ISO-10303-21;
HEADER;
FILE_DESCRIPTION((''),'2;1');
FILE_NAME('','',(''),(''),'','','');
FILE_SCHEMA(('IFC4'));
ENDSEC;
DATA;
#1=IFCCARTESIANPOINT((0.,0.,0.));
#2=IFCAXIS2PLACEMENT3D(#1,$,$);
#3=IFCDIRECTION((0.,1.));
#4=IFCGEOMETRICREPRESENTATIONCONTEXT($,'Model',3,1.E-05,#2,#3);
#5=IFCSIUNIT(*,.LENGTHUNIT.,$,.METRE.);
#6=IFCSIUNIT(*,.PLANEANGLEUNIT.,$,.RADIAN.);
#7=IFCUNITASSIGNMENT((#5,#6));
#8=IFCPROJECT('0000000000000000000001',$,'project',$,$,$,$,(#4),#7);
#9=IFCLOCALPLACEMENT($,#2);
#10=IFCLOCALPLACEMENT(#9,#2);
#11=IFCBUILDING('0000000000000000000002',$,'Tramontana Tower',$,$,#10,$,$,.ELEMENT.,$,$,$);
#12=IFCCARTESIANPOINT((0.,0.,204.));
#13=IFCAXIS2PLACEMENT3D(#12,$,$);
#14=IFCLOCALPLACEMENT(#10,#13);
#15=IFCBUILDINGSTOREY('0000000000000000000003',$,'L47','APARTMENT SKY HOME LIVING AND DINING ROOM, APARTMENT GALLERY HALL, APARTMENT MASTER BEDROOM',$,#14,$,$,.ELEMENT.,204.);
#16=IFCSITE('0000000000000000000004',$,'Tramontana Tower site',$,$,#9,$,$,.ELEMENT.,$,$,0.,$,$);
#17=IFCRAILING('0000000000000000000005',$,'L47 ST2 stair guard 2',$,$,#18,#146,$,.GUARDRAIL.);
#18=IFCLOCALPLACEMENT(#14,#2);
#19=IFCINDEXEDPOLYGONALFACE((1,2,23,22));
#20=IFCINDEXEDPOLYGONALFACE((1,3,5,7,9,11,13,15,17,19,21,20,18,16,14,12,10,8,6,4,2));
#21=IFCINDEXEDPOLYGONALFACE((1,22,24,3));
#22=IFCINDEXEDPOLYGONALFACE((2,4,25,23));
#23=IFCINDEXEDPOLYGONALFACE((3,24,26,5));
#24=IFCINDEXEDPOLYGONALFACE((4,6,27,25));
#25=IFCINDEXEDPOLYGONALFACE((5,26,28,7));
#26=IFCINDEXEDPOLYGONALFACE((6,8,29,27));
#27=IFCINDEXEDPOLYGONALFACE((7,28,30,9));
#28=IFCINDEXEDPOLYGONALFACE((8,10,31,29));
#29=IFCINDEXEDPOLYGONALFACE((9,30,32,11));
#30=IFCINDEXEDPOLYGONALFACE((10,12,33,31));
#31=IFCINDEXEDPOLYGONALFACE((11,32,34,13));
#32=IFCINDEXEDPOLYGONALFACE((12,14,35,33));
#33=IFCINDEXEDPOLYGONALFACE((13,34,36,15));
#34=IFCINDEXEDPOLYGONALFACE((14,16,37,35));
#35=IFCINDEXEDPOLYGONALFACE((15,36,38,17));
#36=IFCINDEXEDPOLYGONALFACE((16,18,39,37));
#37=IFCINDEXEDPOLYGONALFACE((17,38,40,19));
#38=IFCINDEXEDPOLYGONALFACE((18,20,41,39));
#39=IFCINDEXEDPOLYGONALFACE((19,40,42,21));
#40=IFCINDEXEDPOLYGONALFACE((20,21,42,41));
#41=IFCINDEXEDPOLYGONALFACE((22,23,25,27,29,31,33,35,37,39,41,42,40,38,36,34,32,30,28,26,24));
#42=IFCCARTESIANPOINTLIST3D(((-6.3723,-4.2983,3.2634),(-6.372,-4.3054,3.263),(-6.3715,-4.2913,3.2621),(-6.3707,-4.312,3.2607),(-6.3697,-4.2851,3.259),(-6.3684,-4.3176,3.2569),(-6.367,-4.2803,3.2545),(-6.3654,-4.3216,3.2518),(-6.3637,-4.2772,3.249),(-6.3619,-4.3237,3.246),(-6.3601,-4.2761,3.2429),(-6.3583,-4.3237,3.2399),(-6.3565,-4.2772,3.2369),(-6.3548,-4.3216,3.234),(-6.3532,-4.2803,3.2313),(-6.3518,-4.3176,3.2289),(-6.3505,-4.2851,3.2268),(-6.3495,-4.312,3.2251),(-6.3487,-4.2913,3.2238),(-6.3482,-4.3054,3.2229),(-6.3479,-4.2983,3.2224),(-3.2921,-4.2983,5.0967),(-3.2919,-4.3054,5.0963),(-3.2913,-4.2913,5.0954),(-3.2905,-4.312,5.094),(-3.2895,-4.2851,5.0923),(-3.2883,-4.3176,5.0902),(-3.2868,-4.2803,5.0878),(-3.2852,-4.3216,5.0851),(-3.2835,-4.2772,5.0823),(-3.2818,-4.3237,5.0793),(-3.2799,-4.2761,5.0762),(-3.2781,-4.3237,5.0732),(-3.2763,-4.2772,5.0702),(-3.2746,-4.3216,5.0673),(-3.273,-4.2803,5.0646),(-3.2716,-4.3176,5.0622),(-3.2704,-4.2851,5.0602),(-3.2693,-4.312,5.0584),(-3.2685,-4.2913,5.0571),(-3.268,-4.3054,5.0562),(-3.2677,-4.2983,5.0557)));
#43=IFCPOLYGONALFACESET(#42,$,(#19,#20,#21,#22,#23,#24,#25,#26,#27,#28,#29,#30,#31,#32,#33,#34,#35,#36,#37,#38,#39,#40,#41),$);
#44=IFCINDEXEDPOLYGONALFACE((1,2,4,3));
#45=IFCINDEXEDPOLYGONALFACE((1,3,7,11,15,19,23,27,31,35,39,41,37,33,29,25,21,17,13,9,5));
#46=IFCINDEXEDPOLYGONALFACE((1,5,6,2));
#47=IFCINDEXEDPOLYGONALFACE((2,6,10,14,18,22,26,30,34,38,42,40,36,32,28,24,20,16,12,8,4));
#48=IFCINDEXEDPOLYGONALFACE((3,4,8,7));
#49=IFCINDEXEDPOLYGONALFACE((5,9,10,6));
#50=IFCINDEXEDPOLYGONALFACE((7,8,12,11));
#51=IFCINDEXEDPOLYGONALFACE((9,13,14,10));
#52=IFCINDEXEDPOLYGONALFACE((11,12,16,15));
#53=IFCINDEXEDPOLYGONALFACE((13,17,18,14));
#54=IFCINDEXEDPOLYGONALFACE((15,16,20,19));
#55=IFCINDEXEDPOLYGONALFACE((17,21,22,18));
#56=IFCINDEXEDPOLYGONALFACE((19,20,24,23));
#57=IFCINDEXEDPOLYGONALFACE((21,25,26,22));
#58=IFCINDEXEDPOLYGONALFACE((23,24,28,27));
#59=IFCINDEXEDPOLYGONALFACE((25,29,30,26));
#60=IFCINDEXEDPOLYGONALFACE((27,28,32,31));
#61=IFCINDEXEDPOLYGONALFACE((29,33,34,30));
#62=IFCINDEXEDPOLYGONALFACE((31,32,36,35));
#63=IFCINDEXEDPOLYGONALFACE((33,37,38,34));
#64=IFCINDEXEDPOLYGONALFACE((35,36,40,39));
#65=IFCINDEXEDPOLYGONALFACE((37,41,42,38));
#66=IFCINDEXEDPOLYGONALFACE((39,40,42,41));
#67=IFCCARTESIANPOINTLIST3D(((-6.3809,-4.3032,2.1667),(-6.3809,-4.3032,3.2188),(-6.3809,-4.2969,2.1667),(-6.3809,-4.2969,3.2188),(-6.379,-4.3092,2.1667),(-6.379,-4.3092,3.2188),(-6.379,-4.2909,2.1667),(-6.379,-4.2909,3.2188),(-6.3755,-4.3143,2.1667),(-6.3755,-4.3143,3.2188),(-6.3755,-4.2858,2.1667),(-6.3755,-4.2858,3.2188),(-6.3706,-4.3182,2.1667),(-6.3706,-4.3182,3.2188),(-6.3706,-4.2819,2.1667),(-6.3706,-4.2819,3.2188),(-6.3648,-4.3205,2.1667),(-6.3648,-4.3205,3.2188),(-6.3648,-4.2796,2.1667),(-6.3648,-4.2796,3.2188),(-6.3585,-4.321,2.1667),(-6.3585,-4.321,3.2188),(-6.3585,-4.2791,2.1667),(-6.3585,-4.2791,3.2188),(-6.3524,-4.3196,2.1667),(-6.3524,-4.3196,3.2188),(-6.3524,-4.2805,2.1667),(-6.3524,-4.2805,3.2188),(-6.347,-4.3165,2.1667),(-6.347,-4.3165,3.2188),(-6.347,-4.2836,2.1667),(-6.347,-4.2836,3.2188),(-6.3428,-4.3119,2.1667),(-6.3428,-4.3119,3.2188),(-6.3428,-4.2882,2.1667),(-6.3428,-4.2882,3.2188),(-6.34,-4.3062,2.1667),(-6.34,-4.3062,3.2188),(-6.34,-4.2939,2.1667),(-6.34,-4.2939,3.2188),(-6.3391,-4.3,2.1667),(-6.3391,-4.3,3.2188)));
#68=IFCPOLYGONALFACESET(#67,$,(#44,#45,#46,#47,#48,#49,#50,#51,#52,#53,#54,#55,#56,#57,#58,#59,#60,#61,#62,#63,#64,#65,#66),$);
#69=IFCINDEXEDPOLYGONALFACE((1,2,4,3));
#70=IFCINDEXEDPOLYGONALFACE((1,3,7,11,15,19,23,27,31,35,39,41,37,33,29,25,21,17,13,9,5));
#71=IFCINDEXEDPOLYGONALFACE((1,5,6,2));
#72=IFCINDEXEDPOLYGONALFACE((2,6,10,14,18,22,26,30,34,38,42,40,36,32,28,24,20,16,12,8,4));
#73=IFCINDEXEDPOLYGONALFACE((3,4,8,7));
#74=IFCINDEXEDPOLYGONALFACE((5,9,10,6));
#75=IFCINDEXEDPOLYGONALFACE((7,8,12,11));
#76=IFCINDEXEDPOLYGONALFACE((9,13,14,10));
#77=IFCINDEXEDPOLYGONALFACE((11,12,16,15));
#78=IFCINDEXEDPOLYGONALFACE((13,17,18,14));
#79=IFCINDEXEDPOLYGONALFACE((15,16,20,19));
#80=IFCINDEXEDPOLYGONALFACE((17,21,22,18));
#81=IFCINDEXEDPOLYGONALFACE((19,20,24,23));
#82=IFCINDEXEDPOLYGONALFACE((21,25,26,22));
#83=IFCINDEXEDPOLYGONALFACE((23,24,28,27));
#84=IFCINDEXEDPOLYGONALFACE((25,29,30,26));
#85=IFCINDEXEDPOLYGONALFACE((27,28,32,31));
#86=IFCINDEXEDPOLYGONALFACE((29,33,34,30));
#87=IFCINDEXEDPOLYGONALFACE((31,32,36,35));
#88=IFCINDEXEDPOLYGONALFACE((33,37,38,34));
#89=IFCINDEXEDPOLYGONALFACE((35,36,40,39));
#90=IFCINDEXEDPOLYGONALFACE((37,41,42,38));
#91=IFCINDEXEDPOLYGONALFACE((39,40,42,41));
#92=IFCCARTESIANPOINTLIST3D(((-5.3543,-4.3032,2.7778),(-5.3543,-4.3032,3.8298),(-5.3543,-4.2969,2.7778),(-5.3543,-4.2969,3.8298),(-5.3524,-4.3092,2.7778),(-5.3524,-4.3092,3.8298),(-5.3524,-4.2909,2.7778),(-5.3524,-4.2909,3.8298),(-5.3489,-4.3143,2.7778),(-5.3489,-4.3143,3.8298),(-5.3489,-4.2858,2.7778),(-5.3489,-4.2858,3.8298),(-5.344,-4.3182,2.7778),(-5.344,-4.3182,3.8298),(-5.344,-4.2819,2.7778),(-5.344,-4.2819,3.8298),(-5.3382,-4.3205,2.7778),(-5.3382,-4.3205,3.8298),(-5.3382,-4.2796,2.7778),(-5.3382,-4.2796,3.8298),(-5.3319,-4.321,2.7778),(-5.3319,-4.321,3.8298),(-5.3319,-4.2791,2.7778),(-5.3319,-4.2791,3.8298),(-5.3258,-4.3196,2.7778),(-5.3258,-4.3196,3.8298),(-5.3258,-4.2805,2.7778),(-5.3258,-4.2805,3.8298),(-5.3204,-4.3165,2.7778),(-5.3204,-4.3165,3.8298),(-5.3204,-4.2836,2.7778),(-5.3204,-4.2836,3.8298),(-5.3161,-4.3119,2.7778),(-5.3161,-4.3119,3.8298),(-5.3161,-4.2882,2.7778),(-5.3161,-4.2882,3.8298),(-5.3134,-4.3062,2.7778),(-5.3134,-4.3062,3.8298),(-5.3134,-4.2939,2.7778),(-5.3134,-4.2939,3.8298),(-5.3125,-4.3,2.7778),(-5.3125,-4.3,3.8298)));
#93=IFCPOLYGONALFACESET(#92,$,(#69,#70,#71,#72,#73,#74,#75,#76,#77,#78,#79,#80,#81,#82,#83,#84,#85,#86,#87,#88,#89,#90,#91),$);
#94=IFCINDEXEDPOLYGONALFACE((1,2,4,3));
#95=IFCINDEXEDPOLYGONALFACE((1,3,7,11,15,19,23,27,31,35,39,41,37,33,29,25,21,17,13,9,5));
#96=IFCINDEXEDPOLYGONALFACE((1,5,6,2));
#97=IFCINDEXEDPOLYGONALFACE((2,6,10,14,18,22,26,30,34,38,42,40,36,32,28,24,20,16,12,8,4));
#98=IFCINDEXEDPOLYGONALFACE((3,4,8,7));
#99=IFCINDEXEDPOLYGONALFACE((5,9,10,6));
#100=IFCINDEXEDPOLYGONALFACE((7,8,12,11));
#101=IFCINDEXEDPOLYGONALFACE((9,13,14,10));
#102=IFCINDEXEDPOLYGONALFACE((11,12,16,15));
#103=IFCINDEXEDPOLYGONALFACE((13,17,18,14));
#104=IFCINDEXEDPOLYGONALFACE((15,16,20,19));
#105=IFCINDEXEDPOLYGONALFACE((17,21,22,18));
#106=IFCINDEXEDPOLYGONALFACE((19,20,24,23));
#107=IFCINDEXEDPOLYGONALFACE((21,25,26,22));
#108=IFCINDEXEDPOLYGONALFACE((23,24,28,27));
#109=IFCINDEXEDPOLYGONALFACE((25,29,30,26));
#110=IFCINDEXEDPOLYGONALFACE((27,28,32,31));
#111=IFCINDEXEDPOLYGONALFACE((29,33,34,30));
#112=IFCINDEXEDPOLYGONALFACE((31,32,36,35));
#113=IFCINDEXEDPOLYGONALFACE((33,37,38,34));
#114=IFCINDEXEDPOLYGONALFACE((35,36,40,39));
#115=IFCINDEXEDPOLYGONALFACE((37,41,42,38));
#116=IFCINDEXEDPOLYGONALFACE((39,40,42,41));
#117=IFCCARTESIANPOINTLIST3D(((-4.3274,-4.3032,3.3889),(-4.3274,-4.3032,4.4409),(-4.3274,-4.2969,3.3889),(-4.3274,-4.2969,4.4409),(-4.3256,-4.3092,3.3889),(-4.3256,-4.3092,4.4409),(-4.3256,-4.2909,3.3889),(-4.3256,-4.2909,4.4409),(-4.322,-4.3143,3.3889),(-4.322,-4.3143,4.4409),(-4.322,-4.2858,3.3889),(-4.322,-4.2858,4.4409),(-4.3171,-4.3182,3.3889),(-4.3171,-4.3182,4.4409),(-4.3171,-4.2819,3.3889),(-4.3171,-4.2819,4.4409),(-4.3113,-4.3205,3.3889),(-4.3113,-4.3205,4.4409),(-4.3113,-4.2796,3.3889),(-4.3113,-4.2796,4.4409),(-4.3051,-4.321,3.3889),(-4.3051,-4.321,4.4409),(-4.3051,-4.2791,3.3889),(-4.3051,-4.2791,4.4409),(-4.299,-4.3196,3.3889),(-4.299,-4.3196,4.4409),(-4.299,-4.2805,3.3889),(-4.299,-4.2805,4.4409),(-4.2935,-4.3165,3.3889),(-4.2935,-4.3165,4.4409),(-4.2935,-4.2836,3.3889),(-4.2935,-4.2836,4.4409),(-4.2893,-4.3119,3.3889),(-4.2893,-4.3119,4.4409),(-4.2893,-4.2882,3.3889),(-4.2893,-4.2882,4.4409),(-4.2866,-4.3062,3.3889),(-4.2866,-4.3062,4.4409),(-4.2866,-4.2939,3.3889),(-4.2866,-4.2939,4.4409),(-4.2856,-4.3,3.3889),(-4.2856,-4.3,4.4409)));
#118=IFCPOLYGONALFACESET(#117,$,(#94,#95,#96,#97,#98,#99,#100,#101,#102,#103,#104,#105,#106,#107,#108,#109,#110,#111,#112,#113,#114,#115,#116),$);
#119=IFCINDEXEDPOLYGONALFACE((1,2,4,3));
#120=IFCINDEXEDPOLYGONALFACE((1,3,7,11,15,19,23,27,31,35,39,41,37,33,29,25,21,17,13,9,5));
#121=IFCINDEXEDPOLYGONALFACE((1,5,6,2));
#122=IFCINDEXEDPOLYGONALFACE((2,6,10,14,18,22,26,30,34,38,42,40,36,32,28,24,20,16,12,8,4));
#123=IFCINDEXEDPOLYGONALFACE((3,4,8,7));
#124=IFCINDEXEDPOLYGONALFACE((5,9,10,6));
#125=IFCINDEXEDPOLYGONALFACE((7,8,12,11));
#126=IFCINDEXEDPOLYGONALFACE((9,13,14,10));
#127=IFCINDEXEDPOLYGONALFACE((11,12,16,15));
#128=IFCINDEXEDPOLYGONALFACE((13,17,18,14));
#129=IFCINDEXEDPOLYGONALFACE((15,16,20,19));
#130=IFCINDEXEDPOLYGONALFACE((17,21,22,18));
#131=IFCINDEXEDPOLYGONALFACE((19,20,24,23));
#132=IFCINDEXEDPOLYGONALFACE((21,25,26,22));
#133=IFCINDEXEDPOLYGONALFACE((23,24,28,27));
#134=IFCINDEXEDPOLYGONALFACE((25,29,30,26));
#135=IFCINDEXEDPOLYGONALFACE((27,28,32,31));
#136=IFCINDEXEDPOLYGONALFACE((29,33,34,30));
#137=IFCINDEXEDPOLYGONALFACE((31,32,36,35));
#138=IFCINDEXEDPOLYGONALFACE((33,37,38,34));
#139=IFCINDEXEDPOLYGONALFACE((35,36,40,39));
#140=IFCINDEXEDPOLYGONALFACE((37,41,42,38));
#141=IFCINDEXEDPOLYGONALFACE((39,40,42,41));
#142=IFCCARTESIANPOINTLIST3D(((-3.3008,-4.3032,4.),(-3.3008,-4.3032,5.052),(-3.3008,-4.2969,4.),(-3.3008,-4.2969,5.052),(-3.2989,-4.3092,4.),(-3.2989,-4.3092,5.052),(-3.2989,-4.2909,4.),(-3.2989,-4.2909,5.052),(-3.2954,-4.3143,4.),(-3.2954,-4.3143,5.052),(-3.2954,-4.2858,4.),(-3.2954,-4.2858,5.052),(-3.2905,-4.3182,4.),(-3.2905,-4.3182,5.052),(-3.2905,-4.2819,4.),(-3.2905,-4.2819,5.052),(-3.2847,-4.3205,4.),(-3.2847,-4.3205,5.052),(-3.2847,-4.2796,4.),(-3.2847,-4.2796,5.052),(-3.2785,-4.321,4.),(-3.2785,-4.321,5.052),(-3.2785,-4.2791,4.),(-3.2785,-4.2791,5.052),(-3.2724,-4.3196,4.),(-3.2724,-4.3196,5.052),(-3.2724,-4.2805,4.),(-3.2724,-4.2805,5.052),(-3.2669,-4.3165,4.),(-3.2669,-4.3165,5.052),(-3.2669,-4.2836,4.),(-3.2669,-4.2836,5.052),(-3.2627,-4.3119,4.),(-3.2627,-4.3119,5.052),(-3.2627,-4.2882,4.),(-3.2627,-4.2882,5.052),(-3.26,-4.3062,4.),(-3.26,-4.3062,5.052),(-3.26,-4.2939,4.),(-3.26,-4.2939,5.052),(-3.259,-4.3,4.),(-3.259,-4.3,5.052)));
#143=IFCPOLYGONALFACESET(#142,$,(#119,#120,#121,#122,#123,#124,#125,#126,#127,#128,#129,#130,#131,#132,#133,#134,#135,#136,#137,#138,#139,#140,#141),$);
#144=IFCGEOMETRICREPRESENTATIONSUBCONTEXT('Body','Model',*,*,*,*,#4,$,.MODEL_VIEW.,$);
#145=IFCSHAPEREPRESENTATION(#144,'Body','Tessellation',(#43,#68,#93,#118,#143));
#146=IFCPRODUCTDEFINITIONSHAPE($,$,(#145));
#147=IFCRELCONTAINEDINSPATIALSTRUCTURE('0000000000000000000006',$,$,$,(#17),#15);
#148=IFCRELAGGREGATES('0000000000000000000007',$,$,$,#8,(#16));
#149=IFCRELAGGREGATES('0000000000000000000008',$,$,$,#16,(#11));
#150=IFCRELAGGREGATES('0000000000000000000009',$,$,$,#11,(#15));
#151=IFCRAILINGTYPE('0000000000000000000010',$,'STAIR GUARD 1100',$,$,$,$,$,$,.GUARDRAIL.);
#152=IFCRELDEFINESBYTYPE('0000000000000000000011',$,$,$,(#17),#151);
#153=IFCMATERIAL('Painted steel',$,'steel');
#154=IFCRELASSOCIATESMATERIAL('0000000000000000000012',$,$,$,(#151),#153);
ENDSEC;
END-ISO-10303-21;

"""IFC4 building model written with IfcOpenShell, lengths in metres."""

from ifc_helpers import new_model, si_unit, direction, frame, origin, origin_2d, place, context, subcontext, project, spatial, circle, extrude, material, type_object, element, save


model = new_model("IFC4")

# Units and contexts
model_context = context("Model", 3, precision=1e-05, world=origin(), true_north=direction((0.0, 1.0)))
body_context = subcontext(model_context, "Body", "Model", "MODEL_VIEW")
ifc_project = project(units=[si_unit("LENGTHUNIT", "METRE"), si_unit("PLANEANGLEUNIT", "RADIAN")], contexts=[model_context])

# Site, building, storey
site_placement = place(None, origin())
site = spatial("IfcSite", under=ifc_project, at=site_placement, Name="Tramontana Tower site", CompositionType="ELEMENT", RefElevation=0.0)
building_placement = place(site_placement, origin())
building = spatial("IfcBuilding", under=site, at=building_placement, Name="Tramontana Tower", CompositionType="ELEMENT")
storey_placement = place(building_placement, frame((0.0, 0.0, 204.0)))
storey = spatial("IfcBuildingStorey", under=building, at=storey_placement, Name="L47", Description="APARTMENT SKY HOME LIVING AND DINING ROOM, APARTMENT GALLERY HALL, APARTMENT MASTER BEDROOM", CompositionType="ELEMENT", Elevation=204.0)

# Railing
ifc_material_1 = material(Name="Painted steel", Category="steel")
railing_type_1 = type_object("IfcRailingType", Name="STAIR GUARD 1100", PredefinedType="GUARDRAIL", material=ifc_material_1)
railing_1_placement = place(storey_placement, frame((-6.3601, -4.3, 2.1667)))
element("IfcRailing", 1, at=railing_1_placement, inside=storey, type_object=railing_type_1, Name="L47 ST2 stair guard 2", PredefinedType="GUARDRAIL", context=body_context, shape_type="SweptSolid", body=[
    extrude(circle(Radius=0.0239, at=origin_2d()), frame((0.0, 0.0, 1.0762), z_axis=(0.859309, 0.0, 0.511458), x_axis=(0.0, 1.0, 0.0)), (0.0, 0.0, 1.0), 3.5845),
    extrude(circle(Radius=0.021, at=origin_2d()), origin(), (0.0, 0.0, 1.0), 1.052),
    extrude(circle(Radius=0.021, at=origin_2d()), frame((1.0266, 0.0, 0.6111)), (0.0, 0.0, 1.0), 1.052),
    extrude(circle(Radius=0.021, at=origin_2d()), frame((2.0535, 0.0, 1.2222)), (0.0, 0.0, 1.0), 1.052),
    extrude(circle(Radius=0.021, at=origin_2d()), frame((3.0801, 0.0, 1.8333)), (0.0, 0.0, 1.0), 1.052),
])

save(model, "model.ifc")
